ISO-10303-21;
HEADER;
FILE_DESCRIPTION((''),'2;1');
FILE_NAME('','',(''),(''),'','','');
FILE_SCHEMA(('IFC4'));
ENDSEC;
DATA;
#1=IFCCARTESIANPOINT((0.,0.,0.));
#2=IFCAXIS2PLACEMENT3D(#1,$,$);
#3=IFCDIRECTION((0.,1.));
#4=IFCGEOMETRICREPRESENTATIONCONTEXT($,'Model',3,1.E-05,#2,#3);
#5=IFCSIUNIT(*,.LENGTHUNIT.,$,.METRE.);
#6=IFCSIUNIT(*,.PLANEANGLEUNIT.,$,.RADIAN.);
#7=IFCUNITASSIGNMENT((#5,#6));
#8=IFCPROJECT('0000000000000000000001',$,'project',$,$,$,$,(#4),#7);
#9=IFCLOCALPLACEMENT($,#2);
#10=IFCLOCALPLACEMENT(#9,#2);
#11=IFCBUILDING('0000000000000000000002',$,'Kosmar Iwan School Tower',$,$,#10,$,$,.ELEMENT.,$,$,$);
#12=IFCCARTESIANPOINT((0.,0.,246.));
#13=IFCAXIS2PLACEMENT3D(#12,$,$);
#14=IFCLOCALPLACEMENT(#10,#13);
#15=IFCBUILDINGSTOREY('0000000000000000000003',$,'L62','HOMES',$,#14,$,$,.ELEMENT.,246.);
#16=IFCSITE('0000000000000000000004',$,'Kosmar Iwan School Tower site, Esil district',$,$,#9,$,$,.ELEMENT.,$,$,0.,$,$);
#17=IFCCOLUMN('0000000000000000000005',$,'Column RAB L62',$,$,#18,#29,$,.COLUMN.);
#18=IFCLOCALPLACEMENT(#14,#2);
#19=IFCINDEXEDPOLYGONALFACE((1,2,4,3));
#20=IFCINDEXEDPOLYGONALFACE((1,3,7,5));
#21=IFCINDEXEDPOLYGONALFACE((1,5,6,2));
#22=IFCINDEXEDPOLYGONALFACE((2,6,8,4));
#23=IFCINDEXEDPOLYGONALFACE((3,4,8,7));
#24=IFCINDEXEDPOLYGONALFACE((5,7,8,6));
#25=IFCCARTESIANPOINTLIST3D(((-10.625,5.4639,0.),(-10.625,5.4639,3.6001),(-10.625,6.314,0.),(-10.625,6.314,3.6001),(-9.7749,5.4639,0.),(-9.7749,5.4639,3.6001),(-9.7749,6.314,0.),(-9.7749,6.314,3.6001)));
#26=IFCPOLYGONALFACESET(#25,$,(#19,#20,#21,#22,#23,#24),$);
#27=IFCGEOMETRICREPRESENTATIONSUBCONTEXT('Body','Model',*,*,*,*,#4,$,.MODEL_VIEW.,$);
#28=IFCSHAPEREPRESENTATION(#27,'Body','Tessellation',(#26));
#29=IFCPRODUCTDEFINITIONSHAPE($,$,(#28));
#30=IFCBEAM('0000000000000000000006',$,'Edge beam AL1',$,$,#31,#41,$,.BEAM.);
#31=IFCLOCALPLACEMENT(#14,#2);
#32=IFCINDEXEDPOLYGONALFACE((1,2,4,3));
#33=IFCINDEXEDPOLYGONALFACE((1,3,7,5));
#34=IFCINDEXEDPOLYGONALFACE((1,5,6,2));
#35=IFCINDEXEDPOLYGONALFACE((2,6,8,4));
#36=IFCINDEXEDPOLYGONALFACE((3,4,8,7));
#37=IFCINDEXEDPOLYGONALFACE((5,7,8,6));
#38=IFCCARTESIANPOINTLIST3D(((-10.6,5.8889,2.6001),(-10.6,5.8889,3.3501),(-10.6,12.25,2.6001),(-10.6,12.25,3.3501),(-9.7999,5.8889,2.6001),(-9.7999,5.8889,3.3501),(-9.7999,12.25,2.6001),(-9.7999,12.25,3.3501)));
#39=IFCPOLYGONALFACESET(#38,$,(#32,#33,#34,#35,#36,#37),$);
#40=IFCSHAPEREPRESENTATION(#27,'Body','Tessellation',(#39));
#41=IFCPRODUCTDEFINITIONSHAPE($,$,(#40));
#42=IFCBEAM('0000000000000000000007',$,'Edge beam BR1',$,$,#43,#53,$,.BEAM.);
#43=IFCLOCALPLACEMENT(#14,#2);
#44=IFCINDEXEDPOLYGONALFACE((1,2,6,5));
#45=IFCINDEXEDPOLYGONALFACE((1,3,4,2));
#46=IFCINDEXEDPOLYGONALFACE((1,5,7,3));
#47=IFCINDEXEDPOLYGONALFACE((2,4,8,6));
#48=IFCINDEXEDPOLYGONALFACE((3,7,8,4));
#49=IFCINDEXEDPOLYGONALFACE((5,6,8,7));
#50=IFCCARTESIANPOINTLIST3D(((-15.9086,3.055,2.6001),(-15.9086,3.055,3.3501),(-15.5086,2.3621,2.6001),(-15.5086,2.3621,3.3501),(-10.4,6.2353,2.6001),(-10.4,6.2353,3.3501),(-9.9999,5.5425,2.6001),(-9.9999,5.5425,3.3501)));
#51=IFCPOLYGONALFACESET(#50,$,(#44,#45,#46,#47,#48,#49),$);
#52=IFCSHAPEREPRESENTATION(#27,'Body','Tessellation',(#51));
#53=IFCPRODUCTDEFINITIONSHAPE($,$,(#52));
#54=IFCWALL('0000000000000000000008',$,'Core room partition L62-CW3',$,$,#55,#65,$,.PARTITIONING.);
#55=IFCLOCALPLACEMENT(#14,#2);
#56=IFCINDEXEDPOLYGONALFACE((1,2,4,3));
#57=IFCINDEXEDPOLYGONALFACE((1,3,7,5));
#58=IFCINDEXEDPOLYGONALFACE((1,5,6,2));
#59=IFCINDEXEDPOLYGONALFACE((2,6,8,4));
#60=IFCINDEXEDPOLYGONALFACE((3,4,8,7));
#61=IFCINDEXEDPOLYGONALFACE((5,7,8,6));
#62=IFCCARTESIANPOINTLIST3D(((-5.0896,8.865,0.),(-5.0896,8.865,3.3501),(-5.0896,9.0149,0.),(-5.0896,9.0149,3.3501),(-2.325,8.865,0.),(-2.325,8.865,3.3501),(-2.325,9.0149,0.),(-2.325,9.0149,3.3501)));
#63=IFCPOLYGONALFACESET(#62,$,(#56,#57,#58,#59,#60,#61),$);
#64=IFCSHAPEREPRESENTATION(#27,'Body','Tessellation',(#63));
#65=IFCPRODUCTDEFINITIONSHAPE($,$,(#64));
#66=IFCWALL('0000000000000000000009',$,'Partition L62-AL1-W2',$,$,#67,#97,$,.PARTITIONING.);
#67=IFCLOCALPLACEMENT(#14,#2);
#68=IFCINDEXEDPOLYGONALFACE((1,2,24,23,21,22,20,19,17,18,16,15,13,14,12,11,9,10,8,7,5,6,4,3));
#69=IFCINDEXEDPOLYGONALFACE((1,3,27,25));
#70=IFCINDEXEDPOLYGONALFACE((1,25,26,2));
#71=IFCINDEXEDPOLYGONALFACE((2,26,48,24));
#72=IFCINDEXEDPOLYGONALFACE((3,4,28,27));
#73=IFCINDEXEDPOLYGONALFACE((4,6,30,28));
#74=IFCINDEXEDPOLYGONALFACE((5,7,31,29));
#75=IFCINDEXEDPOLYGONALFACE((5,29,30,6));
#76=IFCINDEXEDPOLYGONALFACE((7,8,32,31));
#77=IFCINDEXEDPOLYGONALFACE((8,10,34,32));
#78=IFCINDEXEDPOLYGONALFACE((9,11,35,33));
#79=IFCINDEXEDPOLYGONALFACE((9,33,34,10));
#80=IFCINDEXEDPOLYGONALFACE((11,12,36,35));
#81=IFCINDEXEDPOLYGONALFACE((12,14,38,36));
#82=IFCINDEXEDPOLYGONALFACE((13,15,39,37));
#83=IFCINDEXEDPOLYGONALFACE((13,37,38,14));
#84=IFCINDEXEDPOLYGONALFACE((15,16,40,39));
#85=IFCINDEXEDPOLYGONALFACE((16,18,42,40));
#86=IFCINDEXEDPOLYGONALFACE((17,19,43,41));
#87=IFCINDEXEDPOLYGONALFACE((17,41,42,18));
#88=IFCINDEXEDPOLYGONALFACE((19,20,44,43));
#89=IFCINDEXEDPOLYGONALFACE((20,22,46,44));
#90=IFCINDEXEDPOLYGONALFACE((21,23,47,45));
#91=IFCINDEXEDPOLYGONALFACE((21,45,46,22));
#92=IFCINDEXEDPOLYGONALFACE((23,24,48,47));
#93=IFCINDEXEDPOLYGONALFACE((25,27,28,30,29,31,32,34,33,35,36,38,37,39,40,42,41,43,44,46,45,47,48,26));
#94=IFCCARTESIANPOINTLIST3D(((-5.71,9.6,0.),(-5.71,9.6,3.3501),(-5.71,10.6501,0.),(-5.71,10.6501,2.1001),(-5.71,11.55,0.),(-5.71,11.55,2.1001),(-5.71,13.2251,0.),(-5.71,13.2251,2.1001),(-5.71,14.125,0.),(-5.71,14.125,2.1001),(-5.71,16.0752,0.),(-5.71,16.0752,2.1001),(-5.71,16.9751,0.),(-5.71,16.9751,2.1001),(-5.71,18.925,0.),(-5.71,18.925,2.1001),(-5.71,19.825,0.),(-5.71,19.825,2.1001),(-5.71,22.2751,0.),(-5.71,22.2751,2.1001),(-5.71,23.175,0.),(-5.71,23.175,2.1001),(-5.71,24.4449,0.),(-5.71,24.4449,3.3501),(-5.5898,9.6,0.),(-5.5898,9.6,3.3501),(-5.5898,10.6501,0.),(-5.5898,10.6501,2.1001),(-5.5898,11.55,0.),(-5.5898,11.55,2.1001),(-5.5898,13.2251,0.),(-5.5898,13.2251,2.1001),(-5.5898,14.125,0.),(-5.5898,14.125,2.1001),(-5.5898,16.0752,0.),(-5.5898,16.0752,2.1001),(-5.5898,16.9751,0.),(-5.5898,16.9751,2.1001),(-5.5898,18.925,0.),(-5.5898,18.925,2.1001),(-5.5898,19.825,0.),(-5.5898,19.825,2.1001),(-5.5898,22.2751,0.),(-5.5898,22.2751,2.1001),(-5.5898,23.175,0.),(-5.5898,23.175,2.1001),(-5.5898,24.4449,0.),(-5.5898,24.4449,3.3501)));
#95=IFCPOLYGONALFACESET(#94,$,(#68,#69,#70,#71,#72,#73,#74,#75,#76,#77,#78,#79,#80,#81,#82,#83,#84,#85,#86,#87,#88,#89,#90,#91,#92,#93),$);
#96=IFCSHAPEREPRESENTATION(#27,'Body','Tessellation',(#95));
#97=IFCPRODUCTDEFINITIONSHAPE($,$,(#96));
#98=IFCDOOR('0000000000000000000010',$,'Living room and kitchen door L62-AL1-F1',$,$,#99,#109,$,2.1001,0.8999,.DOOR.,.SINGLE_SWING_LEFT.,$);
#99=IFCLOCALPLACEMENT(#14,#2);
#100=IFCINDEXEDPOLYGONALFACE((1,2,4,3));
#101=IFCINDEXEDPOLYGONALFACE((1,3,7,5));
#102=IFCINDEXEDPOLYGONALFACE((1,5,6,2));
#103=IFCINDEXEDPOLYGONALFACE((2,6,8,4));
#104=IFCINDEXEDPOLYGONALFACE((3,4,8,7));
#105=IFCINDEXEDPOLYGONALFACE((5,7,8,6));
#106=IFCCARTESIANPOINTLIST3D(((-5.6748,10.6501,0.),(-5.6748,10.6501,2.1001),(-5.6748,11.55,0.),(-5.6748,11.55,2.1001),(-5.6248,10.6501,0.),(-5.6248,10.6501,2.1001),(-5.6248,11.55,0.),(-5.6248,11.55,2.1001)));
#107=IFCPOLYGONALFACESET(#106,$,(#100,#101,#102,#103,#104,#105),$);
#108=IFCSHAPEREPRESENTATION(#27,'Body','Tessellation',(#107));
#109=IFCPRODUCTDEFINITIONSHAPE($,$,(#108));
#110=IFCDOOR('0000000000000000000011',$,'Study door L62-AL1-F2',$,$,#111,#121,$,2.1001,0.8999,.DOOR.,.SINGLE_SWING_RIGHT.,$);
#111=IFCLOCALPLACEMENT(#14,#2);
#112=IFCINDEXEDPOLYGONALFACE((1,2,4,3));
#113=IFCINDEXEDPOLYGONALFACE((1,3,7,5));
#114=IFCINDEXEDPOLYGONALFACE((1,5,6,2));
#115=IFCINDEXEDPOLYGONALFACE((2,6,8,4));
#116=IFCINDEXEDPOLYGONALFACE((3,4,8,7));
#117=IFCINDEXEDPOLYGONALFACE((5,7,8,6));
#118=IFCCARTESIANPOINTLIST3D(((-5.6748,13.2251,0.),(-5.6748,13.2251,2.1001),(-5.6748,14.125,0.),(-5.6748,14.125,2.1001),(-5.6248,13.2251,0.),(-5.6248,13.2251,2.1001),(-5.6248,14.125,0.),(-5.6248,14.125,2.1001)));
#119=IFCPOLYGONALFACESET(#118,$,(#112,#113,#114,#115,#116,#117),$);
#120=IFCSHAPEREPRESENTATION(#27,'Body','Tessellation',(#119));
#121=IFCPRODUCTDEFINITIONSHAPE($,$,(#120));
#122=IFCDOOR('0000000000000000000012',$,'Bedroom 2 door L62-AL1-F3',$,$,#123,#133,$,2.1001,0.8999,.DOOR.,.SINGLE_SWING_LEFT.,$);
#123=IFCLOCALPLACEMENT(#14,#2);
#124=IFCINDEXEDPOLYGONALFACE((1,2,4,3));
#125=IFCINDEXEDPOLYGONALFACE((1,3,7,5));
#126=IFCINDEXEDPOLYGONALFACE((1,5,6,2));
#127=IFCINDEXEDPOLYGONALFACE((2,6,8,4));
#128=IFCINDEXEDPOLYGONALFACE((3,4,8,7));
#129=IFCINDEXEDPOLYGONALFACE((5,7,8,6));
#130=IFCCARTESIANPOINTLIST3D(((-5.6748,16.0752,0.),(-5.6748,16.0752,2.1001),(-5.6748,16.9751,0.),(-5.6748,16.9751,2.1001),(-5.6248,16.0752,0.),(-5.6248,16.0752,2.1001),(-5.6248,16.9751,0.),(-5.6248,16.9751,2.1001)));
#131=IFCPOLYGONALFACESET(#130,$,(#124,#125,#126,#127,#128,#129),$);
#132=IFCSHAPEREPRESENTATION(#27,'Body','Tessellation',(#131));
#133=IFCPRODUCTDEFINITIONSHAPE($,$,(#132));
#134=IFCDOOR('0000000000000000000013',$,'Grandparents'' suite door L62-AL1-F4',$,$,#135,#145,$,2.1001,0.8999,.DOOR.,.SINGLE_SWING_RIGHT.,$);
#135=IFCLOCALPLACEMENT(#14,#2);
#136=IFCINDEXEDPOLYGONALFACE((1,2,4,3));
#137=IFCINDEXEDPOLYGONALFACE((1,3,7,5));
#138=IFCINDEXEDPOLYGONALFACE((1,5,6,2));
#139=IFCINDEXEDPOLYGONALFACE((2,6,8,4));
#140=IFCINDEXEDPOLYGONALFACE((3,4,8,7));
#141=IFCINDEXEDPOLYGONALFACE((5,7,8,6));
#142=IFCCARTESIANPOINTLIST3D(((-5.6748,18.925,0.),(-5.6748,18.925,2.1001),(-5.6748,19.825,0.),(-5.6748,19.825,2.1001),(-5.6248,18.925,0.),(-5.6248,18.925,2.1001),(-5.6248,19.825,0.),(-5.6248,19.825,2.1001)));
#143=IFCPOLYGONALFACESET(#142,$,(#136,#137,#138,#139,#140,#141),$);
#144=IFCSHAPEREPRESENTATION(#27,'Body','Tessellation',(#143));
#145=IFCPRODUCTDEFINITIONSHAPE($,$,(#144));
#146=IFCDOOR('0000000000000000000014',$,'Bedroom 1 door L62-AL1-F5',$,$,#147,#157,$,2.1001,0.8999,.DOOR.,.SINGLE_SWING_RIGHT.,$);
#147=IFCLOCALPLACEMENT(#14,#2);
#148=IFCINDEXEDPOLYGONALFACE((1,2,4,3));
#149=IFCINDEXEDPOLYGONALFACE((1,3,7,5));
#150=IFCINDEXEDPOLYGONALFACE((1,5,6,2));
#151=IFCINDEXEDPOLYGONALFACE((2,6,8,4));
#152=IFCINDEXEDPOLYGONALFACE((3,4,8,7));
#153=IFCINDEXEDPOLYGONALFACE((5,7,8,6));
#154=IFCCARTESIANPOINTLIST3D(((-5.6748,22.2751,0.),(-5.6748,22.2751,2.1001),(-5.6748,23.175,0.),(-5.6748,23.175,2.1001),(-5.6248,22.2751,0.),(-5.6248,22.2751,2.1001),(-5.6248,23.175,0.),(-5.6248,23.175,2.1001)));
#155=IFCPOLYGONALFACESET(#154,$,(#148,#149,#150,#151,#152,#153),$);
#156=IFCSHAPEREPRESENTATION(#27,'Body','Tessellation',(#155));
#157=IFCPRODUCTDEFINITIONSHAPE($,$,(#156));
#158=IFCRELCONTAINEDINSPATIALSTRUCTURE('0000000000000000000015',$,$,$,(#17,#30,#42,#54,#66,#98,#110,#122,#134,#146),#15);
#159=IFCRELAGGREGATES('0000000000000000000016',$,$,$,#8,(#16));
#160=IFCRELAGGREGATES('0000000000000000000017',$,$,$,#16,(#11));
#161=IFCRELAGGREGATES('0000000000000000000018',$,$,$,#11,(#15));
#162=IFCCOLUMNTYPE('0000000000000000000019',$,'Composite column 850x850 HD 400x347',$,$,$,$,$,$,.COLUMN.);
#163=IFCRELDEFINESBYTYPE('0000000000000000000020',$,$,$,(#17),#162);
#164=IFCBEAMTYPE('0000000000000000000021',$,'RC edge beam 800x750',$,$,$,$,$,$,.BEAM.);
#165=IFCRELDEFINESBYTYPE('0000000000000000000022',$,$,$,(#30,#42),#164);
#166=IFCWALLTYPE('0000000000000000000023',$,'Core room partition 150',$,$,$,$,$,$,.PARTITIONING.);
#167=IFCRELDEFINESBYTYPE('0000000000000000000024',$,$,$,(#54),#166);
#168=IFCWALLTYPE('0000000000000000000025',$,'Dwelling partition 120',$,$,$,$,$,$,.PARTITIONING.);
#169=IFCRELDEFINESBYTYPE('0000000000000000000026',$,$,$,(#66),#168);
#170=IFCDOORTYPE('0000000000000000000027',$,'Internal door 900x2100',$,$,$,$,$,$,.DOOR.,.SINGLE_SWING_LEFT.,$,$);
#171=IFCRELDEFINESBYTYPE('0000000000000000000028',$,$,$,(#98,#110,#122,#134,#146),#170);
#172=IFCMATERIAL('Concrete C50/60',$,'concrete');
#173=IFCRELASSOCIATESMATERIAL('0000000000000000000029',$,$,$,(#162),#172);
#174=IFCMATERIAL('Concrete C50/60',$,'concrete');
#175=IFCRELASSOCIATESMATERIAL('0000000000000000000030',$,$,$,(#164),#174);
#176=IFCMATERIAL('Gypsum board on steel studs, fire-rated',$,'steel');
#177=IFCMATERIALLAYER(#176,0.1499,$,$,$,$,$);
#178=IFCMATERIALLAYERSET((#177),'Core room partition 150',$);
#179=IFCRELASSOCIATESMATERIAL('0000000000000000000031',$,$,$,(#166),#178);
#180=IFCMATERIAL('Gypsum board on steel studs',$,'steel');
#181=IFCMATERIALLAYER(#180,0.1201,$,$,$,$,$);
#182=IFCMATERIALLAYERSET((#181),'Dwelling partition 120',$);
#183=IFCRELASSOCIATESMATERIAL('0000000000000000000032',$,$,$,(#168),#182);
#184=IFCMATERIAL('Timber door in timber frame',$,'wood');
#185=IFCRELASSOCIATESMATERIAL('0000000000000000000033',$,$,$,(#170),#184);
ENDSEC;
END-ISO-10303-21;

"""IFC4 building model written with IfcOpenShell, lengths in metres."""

from ifc_helpers import new_model, si_unit, direction, frame, frame_2d, origin, origin_2d, place, context, subcontext, project, spatial, rectangle, extrude, material, layer, layer_set, material_profile, profile_set, type_object, element, fill, save


model = new_model("IFC4")

# Units and contexts
model_context = context("Model", 3, precision=1e-05, world=origin(), true_north=direction((0.0, 1.0)))
body_context = subcontext(model_context, "Body", "Model", "MODEL_VIEW")
ifc_project = project(units=[si_unit("LENGTHUNIT", "METRE"), si_unit("PLANEANGLEUNIT", "RADIAN")], contexts=[model_context])

# Site, building, storey
site_placement = place(None, origin())
site = spatial("IfcSite", under=ifc_project, at=site_placement, Name="Kosmar Iwan School Tower site, Esil district", CompositionType="ELEMENT", RefElevation=0.0)
building_placement = place(site_placement, origin())
building = spatial("IfcBuilding", under=site, at=building_placement, Name="Kosmar Iwan School Tower", CompositionType="ELEMENT")
storey_placement = place(building_placement, frame((0.0, 0.0, 246.0)))
storey = spatial("IfcBuildingStorey", under=building, at=storey_placement, Name="L62", Description="HOMES", CompositionType="ELEMENT", Elevation=246.0)

# Column
ifc_material_1 = material(Name="Concrete C50/60", Category="concrete")
ifc_material_profile_1 = material_profile(ifc_material_1, rectangle(XDim=0.8501, YDim=0.8501, at=origin_2d()), Name="RC 850x850 + HD 400x347")
ifc_profile_set_1 = profile_set([ifc_material_profile_1], Name="Concrete C50/60")
column_type = type_object("IfcColumnType", Name="Composite column 850x850 HD 400x347", PredefinedType="COLUMN", material=ifc_profile_set_1)
column_placement = place(storey_placement, frame((-10.2, 5.8889, 0.0), z_axis=(0.0, 0.0, 1.0), x_axis=(1.0, 0.0, 0.0)))
element("IfcColumn", 1, at=column_placement, inside=storey, type_object=column_type, Name="Column RAB L62", PredefinedType="COLUMN", context=body_context, shape_type="SweptSolid", body=[
    extrude(rectangle(XDim=0.8501, YDim=0.8501, at=origin_2d()), origin(), (0.0, 0.0, 1.0), 3.6001),
])

# Beams
ifc_material_2 = material(Name="Concrete C50/60", Category="concrete")
ifc_material_profile_2 = material_profile(ifc_material_2, rectangle(XDim=0.8, YDim=0.75, at=origin_2d()), Name="RC 800x750")
ifc_profile_set_2 = profile_set([ifc_material_profile_2], Name="Concrete C50/60")
beam_type = type_object("IfcBeamType", Name="RC edge beam 800x750", PredefinedType="BEAM", material=ifc_profile_set_2)
beam_1_placement = place(storey_placement, frame((-10.2, 5.8889, 2.9751), z_axis=(0.0, 1.0, 0.0), x_axis=(-1.0, 0.0, 0.0)))
element("IfcBeam", 2, at=beam_1_placement, inside=storey, type_object=beam_type, Name="Edge beam AL1", PredefinedType="BEAM", context=body_context, shape_type="SweptSolid", body=[
    extrude(rectangle(XDim=0.8, YDim=0.75, at=origin_2d()), origin(), (0.0, 0.0, 1.0), 6.3611),
])
beam_2_placement = place(storey_placement, frame((-10.2, 5.8889, 2.9751), z_axis=(-0.866031, -0.49999, 0.0), x_axis=(0.49999, -0.866031, 0.0)))
element("IfcBeam", 3, at=beam_2_placement, inside=storey, type_object=beam_type, Name="Edge beam BR1", PredefinedType="BEAM", context=body_context, shape_type="SweptSolid", body=[
    extrude(rectangle(XDim=0.8, YDim=0.75, at=origin_2d()), origin(), (0.0, 0.0, 1.0), 6.3608),
])

# Wall
ifc_material_3 = material(Name="Gypsum board on steel studs, fire-rated", Category="steel")
ifc_layer_1 = layer(ifc_material_3, 0.1499)
ifc_layer_set_1 = layer_set([ifc_layer_1], Name="Core room partition 150")
wall_type_1 = type_object("IfcWallType", Name="Core room partition 150", PredefinedType="PARTITIONING", material=ifc_layer_set_1)
wall_1_placement = place(storey_placement, frame((-5.0896, 8.9399, 0.0), z_axis=(0.0, 0.0, 1.0), x_axis=(1.0, 0.0, 0.0)))
element("IfcWall", 4, at=wall_1_placement, inside=storey, type_object=wall_type_1, Name="Core room partition L62-CW3", PredefinedType="PARTITIONING", context=body_context, shape_type="SweptSolid", body=[
    extrude(rectangle(XDim=2.7646, YDim=0.1499, at=frame_2d((1.3823, 0.0))), origin(), (0.0, 0.0, 1.0), 3.3501),
])

# Wall, openings, doors
ifc_material_4 = material(Name="Gypsum board on steel studs", Category="steel")
ifc_layer_2 = layer(ifc_material_4, 0.1201)
ifc_layer_set_2 = layer_set([ifc_layer_2], Name="Dwelling partition 120")
wall_type_2 = type_object("IfcWallType", Name="Dwelling partition 120", PredefinedType="PARTITIONING", material=ifc_layer_set_2)
wall_2_placement = place(storey_placement, frame((-5.6499, 9.6001, 0.0), z_axis=(0.0, 0.0, 1.0), x_axis=(0.0, 1.0, 0.0)))
wall_2 = element("IfcWall", 5, at=wall_2_placement, inside=storey, type_object=wall_type_2, Name="Partition L62-AL1-W2", PredefinedType="PARTITIONING", context=body_context, shape_type="SweptSolid", body=[
    extrude(rectangle(XDim=14.845, YDim=0.1201, at=frame_2d((7.4224, 0.0))), origin(), (0.0, 0.0, 1.0), 3.3501),
])
opening_1_placement = place(wall_2_placement, frame((1.05, 0.0, 0.0)))
opening_1 = element("IfcOpeningElement", 6, at=opening_1_placement, cuts=wall_2, PredefinedType="OPENING", context=body_context, shape_type="SweptSolid", body=[
    extrude(rectangle(XDim=0.8999, YDim=2.1001, at=frame_2d((0.45, 1.05))), frame((0.0, 0.072, 0.0), z_axis=(0.0, -1.0, 0.0), x_axis=(1.0, 0.0, 0.0)), (0.0, 0.0, 1.0), 0.144),
])
opening_2_placement = place(wall_2_placement, frame((3.625, 0.0, 0.0)))
opening_2 = element("IfcOpeningElement", 7, at=opening_2_placement, cuts=wall_2, PredefinedType="OPENING", context=body_context, shape_type="SweptSolid", body=[
    extrude(rectangle(XDim=0.8999, YDim=2.1001, at=frame_2d((0.45, 1.05))), frame((0.0, 0.072, 0.0), z_axis=(0.0, -1.0, 0.0), x_axis=(1.0, 0.0, 0.0)), (0.0, 0.0, 1.0), 0.144),
])
opening_3_placement = place(wall_2_placement, frame((6.4751, 0.0, 0.0)))
opening_3 = element("IfcOpeningElement", 8, at=opening_3_placement, cuts=wall_2, PredefinedType="OPENING", context=body_context, shape_type="SweptSolid", body=[
    extrude(rectangle(XDim=0.8999, YDim=2.1001, at=frame_2d((0.45, 1.05))), frame((0.0, 0.072, 0.0), z_axis=(0.0, -1.0, 0.0), x_axis=(1.0, 0.0, 0.0)), (0.0, 0.0, 1.0), 0.144),
])
opening_4_placement = place(wall_2_placement, frame((9.325, 0.0, 0.0)))
opening_4 = element("IfcOpeningElement", 9, at=opening_4_placement, cuts=wall_2, PredefinedType="OPENING", context=body_context, shape_type="SweptSolid", body=[
    extrude(rectangle(XDim=0.8999, YDim=2.1001, at=frame_2d((0.45, 1.05))), frame((0.0, 0.072, 0.0), z_axis=(0.0, -1.0, 0.0), x_axis=(1.0, 0.0, 0.0)), (0.0, 0.0, 1.0), 0.144),
])
opening_5_placement = place(wall_2_placement, frame((12.675, 0.0, 0.0)))
opening_5 = element("IfcOpeningElement", 10, at=opening_5_placement, cuts=wall_2, PredefinedType="OPENING", context=body_context, shape_type="SweptSolid", body=[
    extrude(rectangle(XDim=0.8999, YDim=2.1001, at=frame_2d((0.45, 1.05))), frame((0.0, 0.072, 0.0), z_axis=(0.0, -1.0, 0.0), x_axis=(1.0, 0.0, 0.0)), (0.0, 0.0, 1.0), 0.144),
])
ifc_material_5 = material(Name="Timber door in timber frame", Category="wood")
door_type = type_object("IfcDoorType", Name="Internal door 900x2100", OperationType="SINGLE_SWING_LEFT", PredefinedType="DOOR", material=ifc_material_5)
door_1_placement = place(opening_1_placement, origin())
door_1 = element("IfcDoor", 11, at=door_1_placement, inside=storey, type_object=door_type, Name="Living room and kitchen door L62-AL1-F1", OperationType="SINGLE_SWING_LEFT", OverallHeight=2.1001, OverallWidth=0.8999, PredefinedType="DOOR", context=body_context, shape_type="SweptSolid", body=[
    extrude(rectangle(XDim=0.8999, YDim=2.1001, at=frame_2d((0.45, 1.05))), frame((0.0, 0.0249, 0.0), z_axis=(0.0, -1.0, 0.0), x_axis=(1.0, 0.0, 0.0)), (0.0, 0.0, 1.0), 0.05),
])
fill(opening_1, door_1)
door_2_placement = place(opening_2_placement, origin())
door_2 = element("IfcDoor", 12, at=door_2_placement, inside=storey, type_object=door_type, Name="Study door L62-AL1-F2", OperationType="SINGLE_SWING_RIGHT", OverallHeight=2.1001, OverallWidth=0.8999, PredefinedType="DOOR", context=body_context, shape_type="SweptSolid", body=[
    extrude(rectangle(XDim=0.8999, YDim=2.1001, at=frame_2d((0.45, 1.05))), frame((0.0, 0.0249, 0.0), z_axis=(0.0, -1.0, 0.0), x_axis=(1.0, 0.0, 0.0)), (0.0, 0.0, 1.0), 0.05),
])
fill(opening_2, door_2)
door_3_placement = place(opening_3_placement, origin())
door_3 = element("IfcDoor", 13, at=door_3_placement, inside=storey, type_object=door_type, Name="Bedroom 2 door L62-AL1-F3", OperationType="SINGLE_SWING_LEFT", OverallHeight=2.1001, OverallWidth=0.8999, PredefinedType="DOOR", context=body_context, shape_type="SweptSolid", body=[
    extrude(rectangle(XDim=0.8999, YDim=2.1001, at=frame_2d((0.45, 1.05))), frame((0.0, 0.0249, 0.0), z_axis=(0.0, -1.0, 0.0), x_axis=(1.0, 0.0, 0.0)), (0.0, 0.0, 1.0), 0.05),
])
fill(opening_3, door_3)
door_4_placement = place(opening_4_placement, origin())
door_4 = element("IfcDoor", 14, at=door_4_placement, inside=storey, type_object=door_type, Name="Grandparents' suite door L62-AL1-F4", OperationType="SINGLE_SWING_RIGHT", OverallHeight=2.1001, OverallWidth=0.8999, PredefinedType="DOOR", context=body_context, shape_type="SweptSolid", body=[
    extrude(rectangle(XDim=0.8999, YDim=2.1001, at=frame_2d((0.45, 1.05))), frame((0.0, 0.0249, 0.0), z_axis=(0.0, -1.0, 0.0), x_axis=(1.0, 0.0, 0.0)), (0.0, 0.0, 1.0), 0.05),
])
fill(opening_4, door_4)
door_5_placement = place(opening_5_placement, origin())
door_5 = element("IfcDoor", 15, at=door_5_placement, inside=storey, type_object=door_type, Name="Bedroom 1 door L62-AL1-F5", OperationType="SINGLE_SWING_RIGHT", OverallHeight=2.1001, OverallWidth=0.8999, PredefinedType="DOOR", context=body_context, shape_type="SweptSolid", body=[
    extrude(rectangle(XDim=0.8999, YDim=2.1001, at=frame_2d((0.45, 1.05))), frame((0.0, 0.0249, 0.0), z_axis=(0.0, -1.0, 0.0), x_axis=(1.0, 0.0, 0.0)), (0.0, 0.0, 1.0), 0.05),
])
fill(opening_5, door_5)

save(model, "model.ifc")
